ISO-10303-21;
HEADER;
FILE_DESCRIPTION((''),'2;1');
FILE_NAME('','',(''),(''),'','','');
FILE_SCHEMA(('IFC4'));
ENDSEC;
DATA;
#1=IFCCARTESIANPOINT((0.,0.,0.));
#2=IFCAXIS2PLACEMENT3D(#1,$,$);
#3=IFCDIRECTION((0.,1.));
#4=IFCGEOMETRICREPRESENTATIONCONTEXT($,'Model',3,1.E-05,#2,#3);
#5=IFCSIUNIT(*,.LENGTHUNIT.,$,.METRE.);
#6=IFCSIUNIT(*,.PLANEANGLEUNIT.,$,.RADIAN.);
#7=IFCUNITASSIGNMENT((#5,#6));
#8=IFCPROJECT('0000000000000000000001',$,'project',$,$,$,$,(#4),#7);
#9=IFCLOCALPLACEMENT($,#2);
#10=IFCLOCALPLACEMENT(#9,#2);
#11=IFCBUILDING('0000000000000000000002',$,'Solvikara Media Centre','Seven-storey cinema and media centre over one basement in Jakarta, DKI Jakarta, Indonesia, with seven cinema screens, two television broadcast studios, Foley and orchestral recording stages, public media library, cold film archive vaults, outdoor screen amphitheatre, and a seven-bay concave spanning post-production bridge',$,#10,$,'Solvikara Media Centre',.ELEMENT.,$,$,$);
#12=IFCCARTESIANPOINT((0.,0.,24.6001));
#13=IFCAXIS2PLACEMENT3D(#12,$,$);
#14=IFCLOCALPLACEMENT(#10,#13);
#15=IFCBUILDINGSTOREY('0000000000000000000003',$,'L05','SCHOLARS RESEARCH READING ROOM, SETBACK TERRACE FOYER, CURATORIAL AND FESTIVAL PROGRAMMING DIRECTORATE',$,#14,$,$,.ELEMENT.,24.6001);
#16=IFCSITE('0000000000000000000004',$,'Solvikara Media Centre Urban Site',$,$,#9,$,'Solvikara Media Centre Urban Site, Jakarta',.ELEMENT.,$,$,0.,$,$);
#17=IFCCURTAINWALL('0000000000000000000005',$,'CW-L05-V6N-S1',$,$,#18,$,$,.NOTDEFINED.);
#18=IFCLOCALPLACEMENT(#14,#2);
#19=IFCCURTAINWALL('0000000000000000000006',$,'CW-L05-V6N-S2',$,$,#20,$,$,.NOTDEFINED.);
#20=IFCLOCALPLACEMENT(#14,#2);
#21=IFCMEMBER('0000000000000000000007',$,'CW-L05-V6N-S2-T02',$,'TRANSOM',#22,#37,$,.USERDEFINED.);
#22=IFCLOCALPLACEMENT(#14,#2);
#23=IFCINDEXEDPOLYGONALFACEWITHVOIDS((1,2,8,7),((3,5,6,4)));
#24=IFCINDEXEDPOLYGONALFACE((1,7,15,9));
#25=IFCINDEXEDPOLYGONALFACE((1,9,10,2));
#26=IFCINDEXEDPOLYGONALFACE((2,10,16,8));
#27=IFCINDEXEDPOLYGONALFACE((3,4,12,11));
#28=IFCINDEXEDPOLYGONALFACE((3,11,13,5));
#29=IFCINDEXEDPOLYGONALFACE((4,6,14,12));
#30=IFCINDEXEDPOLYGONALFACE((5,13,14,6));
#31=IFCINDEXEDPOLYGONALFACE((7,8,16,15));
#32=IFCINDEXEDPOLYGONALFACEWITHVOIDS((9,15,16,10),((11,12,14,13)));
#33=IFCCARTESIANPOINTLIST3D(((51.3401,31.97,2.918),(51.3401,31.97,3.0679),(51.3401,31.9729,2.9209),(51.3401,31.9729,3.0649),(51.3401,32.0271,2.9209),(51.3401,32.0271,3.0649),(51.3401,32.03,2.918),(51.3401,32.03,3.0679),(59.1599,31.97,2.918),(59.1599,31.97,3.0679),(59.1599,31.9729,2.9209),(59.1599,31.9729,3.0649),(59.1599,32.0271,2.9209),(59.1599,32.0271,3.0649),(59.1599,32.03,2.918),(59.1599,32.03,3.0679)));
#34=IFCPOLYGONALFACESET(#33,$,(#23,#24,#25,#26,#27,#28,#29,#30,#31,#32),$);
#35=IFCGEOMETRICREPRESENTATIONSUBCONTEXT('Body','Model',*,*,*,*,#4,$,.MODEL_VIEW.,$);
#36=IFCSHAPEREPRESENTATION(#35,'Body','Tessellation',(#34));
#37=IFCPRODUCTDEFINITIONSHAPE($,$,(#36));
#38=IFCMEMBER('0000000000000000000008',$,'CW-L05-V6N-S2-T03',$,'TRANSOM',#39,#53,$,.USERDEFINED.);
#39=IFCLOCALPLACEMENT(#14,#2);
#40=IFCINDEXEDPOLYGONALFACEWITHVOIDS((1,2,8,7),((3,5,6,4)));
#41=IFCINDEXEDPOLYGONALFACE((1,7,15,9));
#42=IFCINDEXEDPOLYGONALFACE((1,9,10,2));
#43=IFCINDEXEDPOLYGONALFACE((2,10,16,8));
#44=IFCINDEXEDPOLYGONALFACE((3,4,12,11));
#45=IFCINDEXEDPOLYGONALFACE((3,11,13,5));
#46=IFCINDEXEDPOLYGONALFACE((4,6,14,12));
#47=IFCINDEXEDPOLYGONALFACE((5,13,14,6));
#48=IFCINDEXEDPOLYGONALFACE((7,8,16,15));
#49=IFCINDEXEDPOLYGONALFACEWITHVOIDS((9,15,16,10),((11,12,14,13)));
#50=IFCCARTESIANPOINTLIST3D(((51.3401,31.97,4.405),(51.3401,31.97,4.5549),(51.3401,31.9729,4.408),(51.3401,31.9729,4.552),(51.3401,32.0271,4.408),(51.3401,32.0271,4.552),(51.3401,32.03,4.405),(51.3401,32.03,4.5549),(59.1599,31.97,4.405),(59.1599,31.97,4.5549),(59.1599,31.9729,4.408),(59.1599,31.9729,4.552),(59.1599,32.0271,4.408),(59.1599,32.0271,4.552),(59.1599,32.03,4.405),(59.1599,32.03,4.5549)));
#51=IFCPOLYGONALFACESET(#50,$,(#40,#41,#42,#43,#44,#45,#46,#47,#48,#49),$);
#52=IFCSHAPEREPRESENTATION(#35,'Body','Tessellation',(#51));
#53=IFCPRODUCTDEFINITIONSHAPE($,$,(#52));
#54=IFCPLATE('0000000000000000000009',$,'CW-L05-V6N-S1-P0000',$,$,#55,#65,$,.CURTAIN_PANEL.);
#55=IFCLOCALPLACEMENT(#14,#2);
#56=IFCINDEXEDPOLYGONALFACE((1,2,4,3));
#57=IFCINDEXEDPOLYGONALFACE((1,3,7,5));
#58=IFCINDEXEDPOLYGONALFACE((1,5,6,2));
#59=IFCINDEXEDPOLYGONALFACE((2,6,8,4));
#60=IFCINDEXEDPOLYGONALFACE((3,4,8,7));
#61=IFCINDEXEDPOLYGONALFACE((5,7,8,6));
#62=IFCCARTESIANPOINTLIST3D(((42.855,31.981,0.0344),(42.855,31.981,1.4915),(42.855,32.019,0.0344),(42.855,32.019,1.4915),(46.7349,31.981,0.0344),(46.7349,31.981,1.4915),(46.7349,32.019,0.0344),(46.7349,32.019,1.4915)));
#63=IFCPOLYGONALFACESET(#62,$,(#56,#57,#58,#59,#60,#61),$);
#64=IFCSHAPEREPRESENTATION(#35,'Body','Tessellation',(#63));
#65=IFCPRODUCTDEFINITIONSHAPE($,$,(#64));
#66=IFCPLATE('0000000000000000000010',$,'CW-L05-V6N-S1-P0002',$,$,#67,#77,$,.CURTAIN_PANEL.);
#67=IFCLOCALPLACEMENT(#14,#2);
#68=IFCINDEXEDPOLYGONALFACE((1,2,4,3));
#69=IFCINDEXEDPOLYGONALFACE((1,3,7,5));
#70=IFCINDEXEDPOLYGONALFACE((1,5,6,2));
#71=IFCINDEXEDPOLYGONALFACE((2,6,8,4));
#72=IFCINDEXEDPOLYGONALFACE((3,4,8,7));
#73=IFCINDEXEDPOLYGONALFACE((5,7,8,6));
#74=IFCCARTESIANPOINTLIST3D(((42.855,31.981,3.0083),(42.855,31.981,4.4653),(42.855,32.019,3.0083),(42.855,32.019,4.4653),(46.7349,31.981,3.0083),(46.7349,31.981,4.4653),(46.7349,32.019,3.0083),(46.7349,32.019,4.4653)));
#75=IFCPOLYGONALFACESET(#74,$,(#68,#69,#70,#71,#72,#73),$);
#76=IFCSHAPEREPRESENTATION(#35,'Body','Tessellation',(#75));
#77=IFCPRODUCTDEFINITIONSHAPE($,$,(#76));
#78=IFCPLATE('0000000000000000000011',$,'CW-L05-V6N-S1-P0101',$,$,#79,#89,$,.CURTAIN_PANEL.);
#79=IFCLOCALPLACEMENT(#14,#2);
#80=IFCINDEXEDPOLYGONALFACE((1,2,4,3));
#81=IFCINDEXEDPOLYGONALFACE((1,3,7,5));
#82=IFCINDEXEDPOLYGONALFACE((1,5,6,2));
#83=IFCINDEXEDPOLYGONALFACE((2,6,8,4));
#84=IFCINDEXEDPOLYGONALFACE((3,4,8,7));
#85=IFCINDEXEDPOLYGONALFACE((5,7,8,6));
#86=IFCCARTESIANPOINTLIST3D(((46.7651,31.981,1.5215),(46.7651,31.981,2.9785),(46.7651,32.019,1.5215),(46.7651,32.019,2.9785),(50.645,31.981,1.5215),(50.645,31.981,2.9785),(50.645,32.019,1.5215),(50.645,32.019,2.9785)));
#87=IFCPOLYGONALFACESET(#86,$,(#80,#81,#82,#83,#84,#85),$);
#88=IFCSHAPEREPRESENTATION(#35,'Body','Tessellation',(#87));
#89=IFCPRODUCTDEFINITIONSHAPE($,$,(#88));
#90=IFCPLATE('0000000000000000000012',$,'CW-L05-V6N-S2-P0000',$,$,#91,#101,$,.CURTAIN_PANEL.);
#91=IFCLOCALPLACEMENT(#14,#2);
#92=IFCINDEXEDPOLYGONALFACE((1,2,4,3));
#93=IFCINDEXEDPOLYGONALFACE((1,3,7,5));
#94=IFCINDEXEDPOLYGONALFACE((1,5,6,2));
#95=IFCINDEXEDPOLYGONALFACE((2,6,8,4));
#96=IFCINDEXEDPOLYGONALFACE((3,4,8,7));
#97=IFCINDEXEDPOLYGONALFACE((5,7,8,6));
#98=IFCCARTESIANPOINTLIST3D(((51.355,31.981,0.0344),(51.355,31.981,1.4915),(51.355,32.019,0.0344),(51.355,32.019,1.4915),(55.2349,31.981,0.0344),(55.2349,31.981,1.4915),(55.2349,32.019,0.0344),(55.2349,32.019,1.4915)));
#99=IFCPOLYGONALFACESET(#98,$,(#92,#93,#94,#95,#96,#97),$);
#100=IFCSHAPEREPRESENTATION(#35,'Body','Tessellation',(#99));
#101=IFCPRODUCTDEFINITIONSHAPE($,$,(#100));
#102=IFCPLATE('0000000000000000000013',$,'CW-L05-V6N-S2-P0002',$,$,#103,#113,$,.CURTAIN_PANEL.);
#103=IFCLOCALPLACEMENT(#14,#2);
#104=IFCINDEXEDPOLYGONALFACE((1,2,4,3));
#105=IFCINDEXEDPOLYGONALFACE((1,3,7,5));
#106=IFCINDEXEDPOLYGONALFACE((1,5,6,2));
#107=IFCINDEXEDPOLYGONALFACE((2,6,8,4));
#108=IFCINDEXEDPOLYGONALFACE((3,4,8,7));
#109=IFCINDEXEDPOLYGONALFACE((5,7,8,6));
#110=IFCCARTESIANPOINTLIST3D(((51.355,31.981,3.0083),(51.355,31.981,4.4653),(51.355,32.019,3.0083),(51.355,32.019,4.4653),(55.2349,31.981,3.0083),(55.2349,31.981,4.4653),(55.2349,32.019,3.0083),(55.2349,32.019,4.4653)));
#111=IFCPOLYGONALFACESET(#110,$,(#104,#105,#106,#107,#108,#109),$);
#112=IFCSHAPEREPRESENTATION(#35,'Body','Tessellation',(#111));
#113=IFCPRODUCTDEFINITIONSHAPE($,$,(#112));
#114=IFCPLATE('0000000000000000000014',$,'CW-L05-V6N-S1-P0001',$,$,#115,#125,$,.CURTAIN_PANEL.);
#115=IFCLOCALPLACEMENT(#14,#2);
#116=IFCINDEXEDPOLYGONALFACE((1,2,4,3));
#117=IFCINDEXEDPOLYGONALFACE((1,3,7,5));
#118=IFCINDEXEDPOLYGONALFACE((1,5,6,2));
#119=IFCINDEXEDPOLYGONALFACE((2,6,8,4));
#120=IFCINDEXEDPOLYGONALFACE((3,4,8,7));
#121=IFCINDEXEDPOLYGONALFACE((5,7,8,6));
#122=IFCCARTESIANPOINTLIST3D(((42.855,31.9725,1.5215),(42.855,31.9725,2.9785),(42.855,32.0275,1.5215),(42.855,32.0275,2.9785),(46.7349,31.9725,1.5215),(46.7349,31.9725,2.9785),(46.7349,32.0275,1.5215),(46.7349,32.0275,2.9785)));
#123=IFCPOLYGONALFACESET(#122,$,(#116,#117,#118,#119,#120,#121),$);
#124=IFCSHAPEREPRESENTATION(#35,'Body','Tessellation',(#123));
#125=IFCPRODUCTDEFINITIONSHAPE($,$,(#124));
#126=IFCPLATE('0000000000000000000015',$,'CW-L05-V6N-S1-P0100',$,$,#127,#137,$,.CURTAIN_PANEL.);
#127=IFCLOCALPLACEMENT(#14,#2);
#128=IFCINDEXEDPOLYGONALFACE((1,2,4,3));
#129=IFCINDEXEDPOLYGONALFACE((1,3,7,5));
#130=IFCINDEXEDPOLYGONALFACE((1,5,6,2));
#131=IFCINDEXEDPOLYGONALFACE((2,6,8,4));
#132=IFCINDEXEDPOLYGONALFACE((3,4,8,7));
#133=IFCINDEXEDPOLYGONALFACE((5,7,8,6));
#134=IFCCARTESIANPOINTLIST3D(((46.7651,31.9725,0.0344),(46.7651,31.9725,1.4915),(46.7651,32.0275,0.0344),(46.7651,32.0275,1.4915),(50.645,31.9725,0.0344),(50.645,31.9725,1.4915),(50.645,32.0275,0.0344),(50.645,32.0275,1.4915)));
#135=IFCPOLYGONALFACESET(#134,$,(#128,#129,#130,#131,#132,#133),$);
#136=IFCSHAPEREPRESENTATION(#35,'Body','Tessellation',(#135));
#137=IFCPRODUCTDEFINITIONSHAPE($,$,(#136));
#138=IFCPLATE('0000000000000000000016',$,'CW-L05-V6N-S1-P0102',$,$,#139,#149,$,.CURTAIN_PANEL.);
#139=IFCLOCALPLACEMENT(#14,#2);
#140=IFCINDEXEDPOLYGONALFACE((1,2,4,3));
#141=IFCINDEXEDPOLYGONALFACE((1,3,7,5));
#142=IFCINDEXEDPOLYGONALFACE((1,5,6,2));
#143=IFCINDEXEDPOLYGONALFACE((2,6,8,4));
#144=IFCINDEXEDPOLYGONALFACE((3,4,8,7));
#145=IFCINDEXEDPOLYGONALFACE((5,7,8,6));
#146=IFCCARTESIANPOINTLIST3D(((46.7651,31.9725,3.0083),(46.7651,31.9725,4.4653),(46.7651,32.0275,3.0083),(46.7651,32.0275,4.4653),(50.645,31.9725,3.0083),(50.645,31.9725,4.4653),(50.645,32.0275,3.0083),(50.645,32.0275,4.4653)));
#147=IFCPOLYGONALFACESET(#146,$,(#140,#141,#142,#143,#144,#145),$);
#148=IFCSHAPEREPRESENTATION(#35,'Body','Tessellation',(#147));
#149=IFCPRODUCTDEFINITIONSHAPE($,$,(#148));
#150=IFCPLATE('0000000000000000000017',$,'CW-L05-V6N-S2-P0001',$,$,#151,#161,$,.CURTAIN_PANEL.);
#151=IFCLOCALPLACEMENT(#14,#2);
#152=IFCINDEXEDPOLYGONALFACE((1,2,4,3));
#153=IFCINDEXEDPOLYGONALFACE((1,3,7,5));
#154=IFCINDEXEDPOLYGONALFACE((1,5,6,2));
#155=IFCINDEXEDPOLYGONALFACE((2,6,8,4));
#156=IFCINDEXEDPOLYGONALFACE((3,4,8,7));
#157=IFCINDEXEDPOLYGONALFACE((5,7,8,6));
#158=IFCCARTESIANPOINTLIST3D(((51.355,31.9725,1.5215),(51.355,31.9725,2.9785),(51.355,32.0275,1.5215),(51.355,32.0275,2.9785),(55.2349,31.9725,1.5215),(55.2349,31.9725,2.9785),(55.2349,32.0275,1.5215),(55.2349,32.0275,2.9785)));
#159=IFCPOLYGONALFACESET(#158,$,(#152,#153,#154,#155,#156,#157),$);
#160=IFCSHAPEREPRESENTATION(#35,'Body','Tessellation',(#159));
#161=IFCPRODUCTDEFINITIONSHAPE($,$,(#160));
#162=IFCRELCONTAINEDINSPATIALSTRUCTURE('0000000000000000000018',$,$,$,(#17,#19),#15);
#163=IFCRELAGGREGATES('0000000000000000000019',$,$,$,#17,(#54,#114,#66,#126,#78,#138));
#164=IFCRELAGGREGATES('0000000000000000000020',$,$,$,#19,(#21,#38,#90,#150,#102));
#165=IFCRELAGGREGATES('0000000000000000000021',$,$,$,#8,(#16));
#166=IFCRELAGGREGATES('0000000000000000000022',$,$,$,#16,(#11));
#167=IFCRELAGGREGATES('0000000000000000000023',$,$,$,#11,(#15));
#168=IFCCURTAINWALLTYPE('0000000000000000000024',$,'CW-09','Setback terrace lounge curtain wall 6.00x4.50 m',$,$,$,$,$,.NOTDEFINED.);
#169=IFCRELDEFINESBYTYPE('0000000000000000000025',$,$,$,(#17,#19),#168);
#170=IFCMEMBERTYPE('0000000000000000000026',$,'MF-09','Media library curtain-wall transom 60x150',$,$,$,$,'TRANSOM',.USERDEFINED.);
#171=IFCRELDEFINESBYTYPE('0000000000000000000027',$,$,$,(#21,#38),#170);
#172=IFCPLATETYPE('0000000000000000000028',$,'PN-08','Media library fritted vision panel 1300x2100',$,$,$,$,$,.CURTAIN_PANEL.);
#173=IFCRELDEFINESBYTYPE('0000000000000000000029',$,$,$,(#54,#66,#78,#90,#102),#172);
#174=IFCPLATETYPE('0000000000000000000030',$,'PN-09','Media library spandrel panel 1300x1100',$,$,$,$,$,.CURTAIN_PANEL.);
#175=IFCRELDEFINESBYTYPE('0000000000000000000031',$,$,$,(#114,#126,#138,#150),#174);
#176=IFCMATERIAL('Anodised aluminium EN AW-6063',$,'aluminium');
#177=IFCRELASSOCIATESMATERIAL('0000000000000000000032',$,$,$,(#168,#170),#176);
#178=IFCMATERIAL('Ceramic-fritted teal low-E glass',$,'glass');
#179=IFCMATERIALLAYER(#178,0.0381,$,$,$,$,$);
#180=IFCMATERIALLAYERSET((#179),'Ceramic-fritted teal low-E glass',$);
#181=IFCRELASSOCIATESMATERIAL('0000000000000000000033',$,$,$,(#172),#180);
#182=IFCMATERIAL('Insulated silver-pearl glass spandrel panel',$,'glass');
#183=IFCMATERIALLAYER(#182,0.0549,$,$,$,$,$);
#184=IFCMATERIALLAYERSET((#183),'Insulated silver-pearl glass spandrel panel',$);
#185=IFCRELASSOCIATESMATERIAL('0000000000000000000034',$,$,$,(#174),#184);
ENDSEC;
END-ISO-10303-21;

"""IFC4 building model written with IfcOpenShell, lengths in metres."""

from ifc_helpers import new_model, si_unit, direction, frame, origin, origin_2d, place, context, subcontext, project, spatial, rectangle, hollow_rectangle, extrude, material, layer, layer_set, material_profile, profile_set, type_object, element, aggregate, save


model = new_model("IFC4")

# Units and contexts
model_context = context("Model", 3, precision=1e-05, world=origin(), true_north=direction((0.0, 1.0)))
body_context = subcontext(model_context, "Body", "Model", "MODEL_VIEW")
ifc_project = project(units=[si_unit("LENGTHUNIT", "METRE"), si_unit("PLANEANGLEUNIT", "RADIAN")], contexts=[model_context])

# Site, building, storey
site_placement = place(None, origin())
site = spatial("IfcSite", under=ifc_project, at=site_placement, Name="Solvikara Media Centre Urban Site", LongName="Solvikara Media Centre Urban Site, Jakarta", CompositionType="ELEMENT", RefElevation=0.0)
building_placement = place(site_placement, origin())
building = spatial("IfcBuilding", under=site, at=building_placement, Name="Solvikara Media Centre", Description="Seven-storey cinema and media centre over one basement in Jakarta, DKI Jakarta, Indonesia, with seven cinema screens, two television broadcast studios, Foley and orchestral recording stages, public media library, cold film archive vaults, outdoor screen amphitheatre, and a seven-bay concave spanning post-production bridge", LongName="Solvikara Media Centre", CompositionType="ELEMENT")
storey_placement = place(building_placement, frame((0.0, 0.0, 24.6001)))
storey = spatial("IfcBuildingStorey", under=building, at=storey_placement, Name="L05", Description="SCHOLARS RESEARCH READING ROOM, SETBACK TERRACE FOYER, CURATORIAL AND FESTIVAL PROGRAMMING DIRECTORATE", CompositionType="ELEMENT", Elevation=24.6001)

# Curtain walls, members
ifc_material_1 = material(Name="Anodised aluminium EN AW-6063", Category="aluminium")
curtain_wall_type = type_object("IfcCurtainWallType", Name="CW-09", Description="Setback terrace lounge curtain wall 6.00x4.50 m", PredefinedType="NOTDEFINED", material=ifc_material_1)
curtain_wall_1_placement = place(storey_placement, origin())
curtain_wall_1 = element("IfcCurtainWall", 1, at=curtain_wall_1_placement, inside=storey, type_object=curtain_wall_type, Name="CW-L05-V6N-S1", PredefinedType="NOTDEFINED")
curtain_wall_2_placement = place(storey_placement, origin())
curtain_wall_2 = element("IfcCurtainWall", 2, at=curtain_wall_2_placement, inside=storey, type_object=curtain_wall_type, Name="CW-L05-V6N-S2", PredefinedType="NOTDEFINED")
ifc_material_profile_1 = material_profile(ifc_material_1, hollow_rectangle(XDim=0.0601, YDim=0.1499, WallThickness=0.0029, at=origin_2d()), Name="ALU-T 60x150x3")
ifc_profile_set_1 = profile_set([ifc_material_profile_1], Name="Anodised aluminium EN AW-6063")
member_type_1 = type_object("IfcMemberType", Name="MF-09", Description="Media library curtain-wall transom 60x150", ElementType="TRANSOM", PredefinedType="USERDEFINED", material=ifc_profile_set_1)
member_1_placement = place(storey_placement, frame((51.3401, 32.0, 2.9929), z_axis=(1.0, 0.0, 0.0), x_axis=(0.0, 1.0, 0.0)))
member_1 = element("IfcMember", 3, at=member_1_placement, type_object=member_type_1, Name="CW-L05-V6N-S2-T02", ObjectType="TRANSOM", PredefinedType="USERDEFINED", context=body_context, shape_type="SweptSolid", body=[
    extrude(hollow_rectangle(XDim=0.0601, YDim=0.1499, WallThickness=0.0029, at=origin_2d()), origin(), (0.0, 0.0, 1.0), 7.8198),
])
member_2_placement = place(storey_placement, frame((51.3401, 32.0, 4.48), z_axis=(1.0, 0.0, 0.0), x_axis=(0.0, 1.0, 0.0)))
member_2 = element("IfcMember", 4, at=member_2_placement, type_object=member_type_1, Name="CW-L05-V6N-S2-T03", ObjectType="TRANSOM", PredefinedType="USERDEFINED", context=body_context, shape_type="SweptSolid", body=[
    extrude(hollow_rectangle(XDim=0.0601, YDim=0.1499, WallThickness=0.0029, at=origin_2d()), origin(), (0.0, 0.0, 1.0), 7.8198),
])

# Plates
ifc_material_2 = material(Name="Ceramic-fritted teal low-E glass", Category="glass")
ifc_layer_1 = layer(ifc_material_2, 0.0381)
ifc_layer_set_1 = layer_set([ifc_layer_1], Name="Ceramic-fritted teal low-E glass")
plate_type_1 = type_object("IfcPlateType", Name="PN-08", Description="Media library fritted vision panel 1300x2100", PredefinedType="CURTAIN_PANEL", material=ifc_layer_set_1)
plate_1_placement = place(storey_placement, frame((44.7949, 32.0, 0.0344), z_axis=(0.0, 0.0, 1.0), x_axis=(1.0, 0.0, 0.0)))
plate_1 = element("IfcPlate", 5, at=plate_1_placement, type_object=plate_type_1, Name="CW-L05-V6N-S1-P0000", PredefinedType="CURTAIN_PANEL", context=body_context, shape_type="SweptSolid", body=[
    extrude(rectangle(XDim=3.8799, YDim=0.0381, at=origin_2d()), origin(), (0.0, 0.0, 1.0), 1.457),
])
plate_2_placement = place(storey_placement, frame((44.7949, 32.0, 3.0083), z_axis=(0.0, 0.0, 1.0), x_axis=(1.0, 0.0, 0.0)))
plate_2 = element("IfcPlate", 6, at=plate_2_placement, type_object=plate_type_1, Name="CW-L05-V6N-S1-P0002", PredefinedType="CURTAIN_PANEL", context=body_context, shape_type="SweptSolid", body=[
    extrude(rectangle(XDim=3.8799, YDim=0.0381, at=origin_2d()), origin(), (0.0, 0.0, 1.0), 1.457),
])
plate_3_placement = place(storey_placement, frame((48.7051, 32.0, 1.5215), z_axis=(0.0, 0.0, 1.0), x_axis=(1.0, 0.0, 0.0)))
plate_3 = element("IfcPlate", 7, at=plate_3_placement, type_object=plate_type_1, Name="CW-L05-V6N-S1-P0101", PredefinedType="CURTAIN_PANEL", context=body_context, shape_type="SweptSolid", body=[
    extrude(rectangle(XDim=3.8799, YDim=0.0381, at=origin_2d()), origin(), (0.0, 0.0, 1.0), 1.457),
])
plate_4_placement = place(storey_placement, frame((53.2949, 32.0, 0.0344), z_axis=(0.0, 0.0, 1.0), x_axis=(1.0, 0.0, 0.0)))
plate_4 = element("IfcPlate", 8, at=plate_4_placement, type_object=plate_type_1, Name="CW-L05-V6N-S2-P0000", PredefinedType="CURTAIN_PANEL", context=body_context, shape_type="SweptSolid", body=[
    extrude(rectangle(XDim=3.8799, YDim=0.0381, at=origin_2d()), origin(), (0.0, 0.0, 1.0), 1.457),
])
plate_5_placement = place(storey_placement, frame((53.2949, 32.0, 3.0083), z_axis=(0.0, 0.0, 1.0), x_axis=(1.0, 0.0, 0.0)))
plate_5 = element("IfcPlate", 9, at=plate_5_placement, type_object=plate_type_1, Name="CW-L05-V6N-S2-P0002", PredefinedType="CURTAIN_PANEL", context=body_context, shape_type="SweptSolid", body=[
    extrude(rectangle(XDim=3.8799, YDim=0.0381, at=origin_2d()), origin(), (0.0, 0.0, 1.0), 1.457),
])
ifc_material_3 = material(Name="Insulated silver-pearl glass spandrel panel", Category="glass")
ifc_layer_2 = layer(ifc_material_3, 0.0549)
ifc_layer_set_2 = layer_set([ifc_layer_2], Name="Insulated silver-pearl glass spandrel panel")
plate_type_2 = type_object("IfcPlateType", Name="PN-09", Description="Media library spandrel panel 1300x1100", PredefinedType="CURTAIN_PANEL", material=ifc_layer_set_2)
plate_6_placement = place(storey_placement, frame((44.7949, 32.0, 1.5215), z_axis=(0.0, 0.0, 1.0), x_axis=(1.0, 0.0, 0.0)))
plate_6 = element("IfcPlate", 10, at=plate_6_placement, type_object=plate_type_2, Name="CW-L05-V6N-S1-P0001", PredefinedType="CURTAIN_PANEL", context=body_context, shape_type="SweptSolid", body=[
    extrude(rectangle(XDim=3.8799, YDim=0.0549, at=origin_2d()), origin(), (0.0, 0.0, 1.0), 1.457),
])
plate_7_placement = place(storey_placement, frame((48.7051, 32.0, 0.0344), z_axis=(0.0, 0.0, 1.0), x_axis=(1.0, 0.0, 0.0)))
plate_7 = element("IfcPlate", 11, at=plate_7_placement, type_object=plate_type_2, Name="CW-L05-V6N-S1-P0100", PredefinedType="CURTAIN_PANEL", context=body_context, shape_type="SweptSolid", body=[
    extrude(rectangle(XDim=3.8799, YDim=0.0549, at=origin_2d()), origin(), (0.0, 0.0, 1.0), 1.457),
])
plate_8_placement = place(storey_placement, frame((48.7051, 32.0, 3.0083), z_axis=(0.0, 0.0, 1.0), x_axis=(1.0, 0.0, 0.0)))
plate_8 = element("IfcPlate", 12, at=plate_8_placement, type_object=plate_type_2, Name="CW-L05-V6N-S1-P0102", PredefinedType="CURTAIN_PANEL", context=body_context, shape_type="SweptSolid", body=[
    extrude(rectangle(XDim=3.8799, YDim=0.0549, at=origin_2d()), origin(), (0.0, 0.0, 1.0), 1.457),
])
aggregate(curtain_wall_1, [plate_1, plate_6, plate_2, plate_7, plate_3, plate_8])
plate_9_placement = place(storey_placement, frame((53.2949, 32.0, 1.5215), z_axis=(0.0, 0.0, 1.0), x_axis=(1.0, 0.0, 0.0)))
plate_9 = element("IfcPlate", 13, at=plate_9_placement, type_object=plate_type_2, Name="CW-L05-V6N-S2-P0001", PredefinedType="CURTAIN_PANEL", context=body_context, shape_type="SweptSolid", body=[
    extrude(rectangle(XDim=3.8799, YDim=0.0549, at=origin_2d()), origin(), (0.0, 0.0, 1.0), 1.457),
])
aggregate(curtain_wall_2, [member_1, member_2, plate_4, plate_9, plate_5])

save(model, "model.ifc")
